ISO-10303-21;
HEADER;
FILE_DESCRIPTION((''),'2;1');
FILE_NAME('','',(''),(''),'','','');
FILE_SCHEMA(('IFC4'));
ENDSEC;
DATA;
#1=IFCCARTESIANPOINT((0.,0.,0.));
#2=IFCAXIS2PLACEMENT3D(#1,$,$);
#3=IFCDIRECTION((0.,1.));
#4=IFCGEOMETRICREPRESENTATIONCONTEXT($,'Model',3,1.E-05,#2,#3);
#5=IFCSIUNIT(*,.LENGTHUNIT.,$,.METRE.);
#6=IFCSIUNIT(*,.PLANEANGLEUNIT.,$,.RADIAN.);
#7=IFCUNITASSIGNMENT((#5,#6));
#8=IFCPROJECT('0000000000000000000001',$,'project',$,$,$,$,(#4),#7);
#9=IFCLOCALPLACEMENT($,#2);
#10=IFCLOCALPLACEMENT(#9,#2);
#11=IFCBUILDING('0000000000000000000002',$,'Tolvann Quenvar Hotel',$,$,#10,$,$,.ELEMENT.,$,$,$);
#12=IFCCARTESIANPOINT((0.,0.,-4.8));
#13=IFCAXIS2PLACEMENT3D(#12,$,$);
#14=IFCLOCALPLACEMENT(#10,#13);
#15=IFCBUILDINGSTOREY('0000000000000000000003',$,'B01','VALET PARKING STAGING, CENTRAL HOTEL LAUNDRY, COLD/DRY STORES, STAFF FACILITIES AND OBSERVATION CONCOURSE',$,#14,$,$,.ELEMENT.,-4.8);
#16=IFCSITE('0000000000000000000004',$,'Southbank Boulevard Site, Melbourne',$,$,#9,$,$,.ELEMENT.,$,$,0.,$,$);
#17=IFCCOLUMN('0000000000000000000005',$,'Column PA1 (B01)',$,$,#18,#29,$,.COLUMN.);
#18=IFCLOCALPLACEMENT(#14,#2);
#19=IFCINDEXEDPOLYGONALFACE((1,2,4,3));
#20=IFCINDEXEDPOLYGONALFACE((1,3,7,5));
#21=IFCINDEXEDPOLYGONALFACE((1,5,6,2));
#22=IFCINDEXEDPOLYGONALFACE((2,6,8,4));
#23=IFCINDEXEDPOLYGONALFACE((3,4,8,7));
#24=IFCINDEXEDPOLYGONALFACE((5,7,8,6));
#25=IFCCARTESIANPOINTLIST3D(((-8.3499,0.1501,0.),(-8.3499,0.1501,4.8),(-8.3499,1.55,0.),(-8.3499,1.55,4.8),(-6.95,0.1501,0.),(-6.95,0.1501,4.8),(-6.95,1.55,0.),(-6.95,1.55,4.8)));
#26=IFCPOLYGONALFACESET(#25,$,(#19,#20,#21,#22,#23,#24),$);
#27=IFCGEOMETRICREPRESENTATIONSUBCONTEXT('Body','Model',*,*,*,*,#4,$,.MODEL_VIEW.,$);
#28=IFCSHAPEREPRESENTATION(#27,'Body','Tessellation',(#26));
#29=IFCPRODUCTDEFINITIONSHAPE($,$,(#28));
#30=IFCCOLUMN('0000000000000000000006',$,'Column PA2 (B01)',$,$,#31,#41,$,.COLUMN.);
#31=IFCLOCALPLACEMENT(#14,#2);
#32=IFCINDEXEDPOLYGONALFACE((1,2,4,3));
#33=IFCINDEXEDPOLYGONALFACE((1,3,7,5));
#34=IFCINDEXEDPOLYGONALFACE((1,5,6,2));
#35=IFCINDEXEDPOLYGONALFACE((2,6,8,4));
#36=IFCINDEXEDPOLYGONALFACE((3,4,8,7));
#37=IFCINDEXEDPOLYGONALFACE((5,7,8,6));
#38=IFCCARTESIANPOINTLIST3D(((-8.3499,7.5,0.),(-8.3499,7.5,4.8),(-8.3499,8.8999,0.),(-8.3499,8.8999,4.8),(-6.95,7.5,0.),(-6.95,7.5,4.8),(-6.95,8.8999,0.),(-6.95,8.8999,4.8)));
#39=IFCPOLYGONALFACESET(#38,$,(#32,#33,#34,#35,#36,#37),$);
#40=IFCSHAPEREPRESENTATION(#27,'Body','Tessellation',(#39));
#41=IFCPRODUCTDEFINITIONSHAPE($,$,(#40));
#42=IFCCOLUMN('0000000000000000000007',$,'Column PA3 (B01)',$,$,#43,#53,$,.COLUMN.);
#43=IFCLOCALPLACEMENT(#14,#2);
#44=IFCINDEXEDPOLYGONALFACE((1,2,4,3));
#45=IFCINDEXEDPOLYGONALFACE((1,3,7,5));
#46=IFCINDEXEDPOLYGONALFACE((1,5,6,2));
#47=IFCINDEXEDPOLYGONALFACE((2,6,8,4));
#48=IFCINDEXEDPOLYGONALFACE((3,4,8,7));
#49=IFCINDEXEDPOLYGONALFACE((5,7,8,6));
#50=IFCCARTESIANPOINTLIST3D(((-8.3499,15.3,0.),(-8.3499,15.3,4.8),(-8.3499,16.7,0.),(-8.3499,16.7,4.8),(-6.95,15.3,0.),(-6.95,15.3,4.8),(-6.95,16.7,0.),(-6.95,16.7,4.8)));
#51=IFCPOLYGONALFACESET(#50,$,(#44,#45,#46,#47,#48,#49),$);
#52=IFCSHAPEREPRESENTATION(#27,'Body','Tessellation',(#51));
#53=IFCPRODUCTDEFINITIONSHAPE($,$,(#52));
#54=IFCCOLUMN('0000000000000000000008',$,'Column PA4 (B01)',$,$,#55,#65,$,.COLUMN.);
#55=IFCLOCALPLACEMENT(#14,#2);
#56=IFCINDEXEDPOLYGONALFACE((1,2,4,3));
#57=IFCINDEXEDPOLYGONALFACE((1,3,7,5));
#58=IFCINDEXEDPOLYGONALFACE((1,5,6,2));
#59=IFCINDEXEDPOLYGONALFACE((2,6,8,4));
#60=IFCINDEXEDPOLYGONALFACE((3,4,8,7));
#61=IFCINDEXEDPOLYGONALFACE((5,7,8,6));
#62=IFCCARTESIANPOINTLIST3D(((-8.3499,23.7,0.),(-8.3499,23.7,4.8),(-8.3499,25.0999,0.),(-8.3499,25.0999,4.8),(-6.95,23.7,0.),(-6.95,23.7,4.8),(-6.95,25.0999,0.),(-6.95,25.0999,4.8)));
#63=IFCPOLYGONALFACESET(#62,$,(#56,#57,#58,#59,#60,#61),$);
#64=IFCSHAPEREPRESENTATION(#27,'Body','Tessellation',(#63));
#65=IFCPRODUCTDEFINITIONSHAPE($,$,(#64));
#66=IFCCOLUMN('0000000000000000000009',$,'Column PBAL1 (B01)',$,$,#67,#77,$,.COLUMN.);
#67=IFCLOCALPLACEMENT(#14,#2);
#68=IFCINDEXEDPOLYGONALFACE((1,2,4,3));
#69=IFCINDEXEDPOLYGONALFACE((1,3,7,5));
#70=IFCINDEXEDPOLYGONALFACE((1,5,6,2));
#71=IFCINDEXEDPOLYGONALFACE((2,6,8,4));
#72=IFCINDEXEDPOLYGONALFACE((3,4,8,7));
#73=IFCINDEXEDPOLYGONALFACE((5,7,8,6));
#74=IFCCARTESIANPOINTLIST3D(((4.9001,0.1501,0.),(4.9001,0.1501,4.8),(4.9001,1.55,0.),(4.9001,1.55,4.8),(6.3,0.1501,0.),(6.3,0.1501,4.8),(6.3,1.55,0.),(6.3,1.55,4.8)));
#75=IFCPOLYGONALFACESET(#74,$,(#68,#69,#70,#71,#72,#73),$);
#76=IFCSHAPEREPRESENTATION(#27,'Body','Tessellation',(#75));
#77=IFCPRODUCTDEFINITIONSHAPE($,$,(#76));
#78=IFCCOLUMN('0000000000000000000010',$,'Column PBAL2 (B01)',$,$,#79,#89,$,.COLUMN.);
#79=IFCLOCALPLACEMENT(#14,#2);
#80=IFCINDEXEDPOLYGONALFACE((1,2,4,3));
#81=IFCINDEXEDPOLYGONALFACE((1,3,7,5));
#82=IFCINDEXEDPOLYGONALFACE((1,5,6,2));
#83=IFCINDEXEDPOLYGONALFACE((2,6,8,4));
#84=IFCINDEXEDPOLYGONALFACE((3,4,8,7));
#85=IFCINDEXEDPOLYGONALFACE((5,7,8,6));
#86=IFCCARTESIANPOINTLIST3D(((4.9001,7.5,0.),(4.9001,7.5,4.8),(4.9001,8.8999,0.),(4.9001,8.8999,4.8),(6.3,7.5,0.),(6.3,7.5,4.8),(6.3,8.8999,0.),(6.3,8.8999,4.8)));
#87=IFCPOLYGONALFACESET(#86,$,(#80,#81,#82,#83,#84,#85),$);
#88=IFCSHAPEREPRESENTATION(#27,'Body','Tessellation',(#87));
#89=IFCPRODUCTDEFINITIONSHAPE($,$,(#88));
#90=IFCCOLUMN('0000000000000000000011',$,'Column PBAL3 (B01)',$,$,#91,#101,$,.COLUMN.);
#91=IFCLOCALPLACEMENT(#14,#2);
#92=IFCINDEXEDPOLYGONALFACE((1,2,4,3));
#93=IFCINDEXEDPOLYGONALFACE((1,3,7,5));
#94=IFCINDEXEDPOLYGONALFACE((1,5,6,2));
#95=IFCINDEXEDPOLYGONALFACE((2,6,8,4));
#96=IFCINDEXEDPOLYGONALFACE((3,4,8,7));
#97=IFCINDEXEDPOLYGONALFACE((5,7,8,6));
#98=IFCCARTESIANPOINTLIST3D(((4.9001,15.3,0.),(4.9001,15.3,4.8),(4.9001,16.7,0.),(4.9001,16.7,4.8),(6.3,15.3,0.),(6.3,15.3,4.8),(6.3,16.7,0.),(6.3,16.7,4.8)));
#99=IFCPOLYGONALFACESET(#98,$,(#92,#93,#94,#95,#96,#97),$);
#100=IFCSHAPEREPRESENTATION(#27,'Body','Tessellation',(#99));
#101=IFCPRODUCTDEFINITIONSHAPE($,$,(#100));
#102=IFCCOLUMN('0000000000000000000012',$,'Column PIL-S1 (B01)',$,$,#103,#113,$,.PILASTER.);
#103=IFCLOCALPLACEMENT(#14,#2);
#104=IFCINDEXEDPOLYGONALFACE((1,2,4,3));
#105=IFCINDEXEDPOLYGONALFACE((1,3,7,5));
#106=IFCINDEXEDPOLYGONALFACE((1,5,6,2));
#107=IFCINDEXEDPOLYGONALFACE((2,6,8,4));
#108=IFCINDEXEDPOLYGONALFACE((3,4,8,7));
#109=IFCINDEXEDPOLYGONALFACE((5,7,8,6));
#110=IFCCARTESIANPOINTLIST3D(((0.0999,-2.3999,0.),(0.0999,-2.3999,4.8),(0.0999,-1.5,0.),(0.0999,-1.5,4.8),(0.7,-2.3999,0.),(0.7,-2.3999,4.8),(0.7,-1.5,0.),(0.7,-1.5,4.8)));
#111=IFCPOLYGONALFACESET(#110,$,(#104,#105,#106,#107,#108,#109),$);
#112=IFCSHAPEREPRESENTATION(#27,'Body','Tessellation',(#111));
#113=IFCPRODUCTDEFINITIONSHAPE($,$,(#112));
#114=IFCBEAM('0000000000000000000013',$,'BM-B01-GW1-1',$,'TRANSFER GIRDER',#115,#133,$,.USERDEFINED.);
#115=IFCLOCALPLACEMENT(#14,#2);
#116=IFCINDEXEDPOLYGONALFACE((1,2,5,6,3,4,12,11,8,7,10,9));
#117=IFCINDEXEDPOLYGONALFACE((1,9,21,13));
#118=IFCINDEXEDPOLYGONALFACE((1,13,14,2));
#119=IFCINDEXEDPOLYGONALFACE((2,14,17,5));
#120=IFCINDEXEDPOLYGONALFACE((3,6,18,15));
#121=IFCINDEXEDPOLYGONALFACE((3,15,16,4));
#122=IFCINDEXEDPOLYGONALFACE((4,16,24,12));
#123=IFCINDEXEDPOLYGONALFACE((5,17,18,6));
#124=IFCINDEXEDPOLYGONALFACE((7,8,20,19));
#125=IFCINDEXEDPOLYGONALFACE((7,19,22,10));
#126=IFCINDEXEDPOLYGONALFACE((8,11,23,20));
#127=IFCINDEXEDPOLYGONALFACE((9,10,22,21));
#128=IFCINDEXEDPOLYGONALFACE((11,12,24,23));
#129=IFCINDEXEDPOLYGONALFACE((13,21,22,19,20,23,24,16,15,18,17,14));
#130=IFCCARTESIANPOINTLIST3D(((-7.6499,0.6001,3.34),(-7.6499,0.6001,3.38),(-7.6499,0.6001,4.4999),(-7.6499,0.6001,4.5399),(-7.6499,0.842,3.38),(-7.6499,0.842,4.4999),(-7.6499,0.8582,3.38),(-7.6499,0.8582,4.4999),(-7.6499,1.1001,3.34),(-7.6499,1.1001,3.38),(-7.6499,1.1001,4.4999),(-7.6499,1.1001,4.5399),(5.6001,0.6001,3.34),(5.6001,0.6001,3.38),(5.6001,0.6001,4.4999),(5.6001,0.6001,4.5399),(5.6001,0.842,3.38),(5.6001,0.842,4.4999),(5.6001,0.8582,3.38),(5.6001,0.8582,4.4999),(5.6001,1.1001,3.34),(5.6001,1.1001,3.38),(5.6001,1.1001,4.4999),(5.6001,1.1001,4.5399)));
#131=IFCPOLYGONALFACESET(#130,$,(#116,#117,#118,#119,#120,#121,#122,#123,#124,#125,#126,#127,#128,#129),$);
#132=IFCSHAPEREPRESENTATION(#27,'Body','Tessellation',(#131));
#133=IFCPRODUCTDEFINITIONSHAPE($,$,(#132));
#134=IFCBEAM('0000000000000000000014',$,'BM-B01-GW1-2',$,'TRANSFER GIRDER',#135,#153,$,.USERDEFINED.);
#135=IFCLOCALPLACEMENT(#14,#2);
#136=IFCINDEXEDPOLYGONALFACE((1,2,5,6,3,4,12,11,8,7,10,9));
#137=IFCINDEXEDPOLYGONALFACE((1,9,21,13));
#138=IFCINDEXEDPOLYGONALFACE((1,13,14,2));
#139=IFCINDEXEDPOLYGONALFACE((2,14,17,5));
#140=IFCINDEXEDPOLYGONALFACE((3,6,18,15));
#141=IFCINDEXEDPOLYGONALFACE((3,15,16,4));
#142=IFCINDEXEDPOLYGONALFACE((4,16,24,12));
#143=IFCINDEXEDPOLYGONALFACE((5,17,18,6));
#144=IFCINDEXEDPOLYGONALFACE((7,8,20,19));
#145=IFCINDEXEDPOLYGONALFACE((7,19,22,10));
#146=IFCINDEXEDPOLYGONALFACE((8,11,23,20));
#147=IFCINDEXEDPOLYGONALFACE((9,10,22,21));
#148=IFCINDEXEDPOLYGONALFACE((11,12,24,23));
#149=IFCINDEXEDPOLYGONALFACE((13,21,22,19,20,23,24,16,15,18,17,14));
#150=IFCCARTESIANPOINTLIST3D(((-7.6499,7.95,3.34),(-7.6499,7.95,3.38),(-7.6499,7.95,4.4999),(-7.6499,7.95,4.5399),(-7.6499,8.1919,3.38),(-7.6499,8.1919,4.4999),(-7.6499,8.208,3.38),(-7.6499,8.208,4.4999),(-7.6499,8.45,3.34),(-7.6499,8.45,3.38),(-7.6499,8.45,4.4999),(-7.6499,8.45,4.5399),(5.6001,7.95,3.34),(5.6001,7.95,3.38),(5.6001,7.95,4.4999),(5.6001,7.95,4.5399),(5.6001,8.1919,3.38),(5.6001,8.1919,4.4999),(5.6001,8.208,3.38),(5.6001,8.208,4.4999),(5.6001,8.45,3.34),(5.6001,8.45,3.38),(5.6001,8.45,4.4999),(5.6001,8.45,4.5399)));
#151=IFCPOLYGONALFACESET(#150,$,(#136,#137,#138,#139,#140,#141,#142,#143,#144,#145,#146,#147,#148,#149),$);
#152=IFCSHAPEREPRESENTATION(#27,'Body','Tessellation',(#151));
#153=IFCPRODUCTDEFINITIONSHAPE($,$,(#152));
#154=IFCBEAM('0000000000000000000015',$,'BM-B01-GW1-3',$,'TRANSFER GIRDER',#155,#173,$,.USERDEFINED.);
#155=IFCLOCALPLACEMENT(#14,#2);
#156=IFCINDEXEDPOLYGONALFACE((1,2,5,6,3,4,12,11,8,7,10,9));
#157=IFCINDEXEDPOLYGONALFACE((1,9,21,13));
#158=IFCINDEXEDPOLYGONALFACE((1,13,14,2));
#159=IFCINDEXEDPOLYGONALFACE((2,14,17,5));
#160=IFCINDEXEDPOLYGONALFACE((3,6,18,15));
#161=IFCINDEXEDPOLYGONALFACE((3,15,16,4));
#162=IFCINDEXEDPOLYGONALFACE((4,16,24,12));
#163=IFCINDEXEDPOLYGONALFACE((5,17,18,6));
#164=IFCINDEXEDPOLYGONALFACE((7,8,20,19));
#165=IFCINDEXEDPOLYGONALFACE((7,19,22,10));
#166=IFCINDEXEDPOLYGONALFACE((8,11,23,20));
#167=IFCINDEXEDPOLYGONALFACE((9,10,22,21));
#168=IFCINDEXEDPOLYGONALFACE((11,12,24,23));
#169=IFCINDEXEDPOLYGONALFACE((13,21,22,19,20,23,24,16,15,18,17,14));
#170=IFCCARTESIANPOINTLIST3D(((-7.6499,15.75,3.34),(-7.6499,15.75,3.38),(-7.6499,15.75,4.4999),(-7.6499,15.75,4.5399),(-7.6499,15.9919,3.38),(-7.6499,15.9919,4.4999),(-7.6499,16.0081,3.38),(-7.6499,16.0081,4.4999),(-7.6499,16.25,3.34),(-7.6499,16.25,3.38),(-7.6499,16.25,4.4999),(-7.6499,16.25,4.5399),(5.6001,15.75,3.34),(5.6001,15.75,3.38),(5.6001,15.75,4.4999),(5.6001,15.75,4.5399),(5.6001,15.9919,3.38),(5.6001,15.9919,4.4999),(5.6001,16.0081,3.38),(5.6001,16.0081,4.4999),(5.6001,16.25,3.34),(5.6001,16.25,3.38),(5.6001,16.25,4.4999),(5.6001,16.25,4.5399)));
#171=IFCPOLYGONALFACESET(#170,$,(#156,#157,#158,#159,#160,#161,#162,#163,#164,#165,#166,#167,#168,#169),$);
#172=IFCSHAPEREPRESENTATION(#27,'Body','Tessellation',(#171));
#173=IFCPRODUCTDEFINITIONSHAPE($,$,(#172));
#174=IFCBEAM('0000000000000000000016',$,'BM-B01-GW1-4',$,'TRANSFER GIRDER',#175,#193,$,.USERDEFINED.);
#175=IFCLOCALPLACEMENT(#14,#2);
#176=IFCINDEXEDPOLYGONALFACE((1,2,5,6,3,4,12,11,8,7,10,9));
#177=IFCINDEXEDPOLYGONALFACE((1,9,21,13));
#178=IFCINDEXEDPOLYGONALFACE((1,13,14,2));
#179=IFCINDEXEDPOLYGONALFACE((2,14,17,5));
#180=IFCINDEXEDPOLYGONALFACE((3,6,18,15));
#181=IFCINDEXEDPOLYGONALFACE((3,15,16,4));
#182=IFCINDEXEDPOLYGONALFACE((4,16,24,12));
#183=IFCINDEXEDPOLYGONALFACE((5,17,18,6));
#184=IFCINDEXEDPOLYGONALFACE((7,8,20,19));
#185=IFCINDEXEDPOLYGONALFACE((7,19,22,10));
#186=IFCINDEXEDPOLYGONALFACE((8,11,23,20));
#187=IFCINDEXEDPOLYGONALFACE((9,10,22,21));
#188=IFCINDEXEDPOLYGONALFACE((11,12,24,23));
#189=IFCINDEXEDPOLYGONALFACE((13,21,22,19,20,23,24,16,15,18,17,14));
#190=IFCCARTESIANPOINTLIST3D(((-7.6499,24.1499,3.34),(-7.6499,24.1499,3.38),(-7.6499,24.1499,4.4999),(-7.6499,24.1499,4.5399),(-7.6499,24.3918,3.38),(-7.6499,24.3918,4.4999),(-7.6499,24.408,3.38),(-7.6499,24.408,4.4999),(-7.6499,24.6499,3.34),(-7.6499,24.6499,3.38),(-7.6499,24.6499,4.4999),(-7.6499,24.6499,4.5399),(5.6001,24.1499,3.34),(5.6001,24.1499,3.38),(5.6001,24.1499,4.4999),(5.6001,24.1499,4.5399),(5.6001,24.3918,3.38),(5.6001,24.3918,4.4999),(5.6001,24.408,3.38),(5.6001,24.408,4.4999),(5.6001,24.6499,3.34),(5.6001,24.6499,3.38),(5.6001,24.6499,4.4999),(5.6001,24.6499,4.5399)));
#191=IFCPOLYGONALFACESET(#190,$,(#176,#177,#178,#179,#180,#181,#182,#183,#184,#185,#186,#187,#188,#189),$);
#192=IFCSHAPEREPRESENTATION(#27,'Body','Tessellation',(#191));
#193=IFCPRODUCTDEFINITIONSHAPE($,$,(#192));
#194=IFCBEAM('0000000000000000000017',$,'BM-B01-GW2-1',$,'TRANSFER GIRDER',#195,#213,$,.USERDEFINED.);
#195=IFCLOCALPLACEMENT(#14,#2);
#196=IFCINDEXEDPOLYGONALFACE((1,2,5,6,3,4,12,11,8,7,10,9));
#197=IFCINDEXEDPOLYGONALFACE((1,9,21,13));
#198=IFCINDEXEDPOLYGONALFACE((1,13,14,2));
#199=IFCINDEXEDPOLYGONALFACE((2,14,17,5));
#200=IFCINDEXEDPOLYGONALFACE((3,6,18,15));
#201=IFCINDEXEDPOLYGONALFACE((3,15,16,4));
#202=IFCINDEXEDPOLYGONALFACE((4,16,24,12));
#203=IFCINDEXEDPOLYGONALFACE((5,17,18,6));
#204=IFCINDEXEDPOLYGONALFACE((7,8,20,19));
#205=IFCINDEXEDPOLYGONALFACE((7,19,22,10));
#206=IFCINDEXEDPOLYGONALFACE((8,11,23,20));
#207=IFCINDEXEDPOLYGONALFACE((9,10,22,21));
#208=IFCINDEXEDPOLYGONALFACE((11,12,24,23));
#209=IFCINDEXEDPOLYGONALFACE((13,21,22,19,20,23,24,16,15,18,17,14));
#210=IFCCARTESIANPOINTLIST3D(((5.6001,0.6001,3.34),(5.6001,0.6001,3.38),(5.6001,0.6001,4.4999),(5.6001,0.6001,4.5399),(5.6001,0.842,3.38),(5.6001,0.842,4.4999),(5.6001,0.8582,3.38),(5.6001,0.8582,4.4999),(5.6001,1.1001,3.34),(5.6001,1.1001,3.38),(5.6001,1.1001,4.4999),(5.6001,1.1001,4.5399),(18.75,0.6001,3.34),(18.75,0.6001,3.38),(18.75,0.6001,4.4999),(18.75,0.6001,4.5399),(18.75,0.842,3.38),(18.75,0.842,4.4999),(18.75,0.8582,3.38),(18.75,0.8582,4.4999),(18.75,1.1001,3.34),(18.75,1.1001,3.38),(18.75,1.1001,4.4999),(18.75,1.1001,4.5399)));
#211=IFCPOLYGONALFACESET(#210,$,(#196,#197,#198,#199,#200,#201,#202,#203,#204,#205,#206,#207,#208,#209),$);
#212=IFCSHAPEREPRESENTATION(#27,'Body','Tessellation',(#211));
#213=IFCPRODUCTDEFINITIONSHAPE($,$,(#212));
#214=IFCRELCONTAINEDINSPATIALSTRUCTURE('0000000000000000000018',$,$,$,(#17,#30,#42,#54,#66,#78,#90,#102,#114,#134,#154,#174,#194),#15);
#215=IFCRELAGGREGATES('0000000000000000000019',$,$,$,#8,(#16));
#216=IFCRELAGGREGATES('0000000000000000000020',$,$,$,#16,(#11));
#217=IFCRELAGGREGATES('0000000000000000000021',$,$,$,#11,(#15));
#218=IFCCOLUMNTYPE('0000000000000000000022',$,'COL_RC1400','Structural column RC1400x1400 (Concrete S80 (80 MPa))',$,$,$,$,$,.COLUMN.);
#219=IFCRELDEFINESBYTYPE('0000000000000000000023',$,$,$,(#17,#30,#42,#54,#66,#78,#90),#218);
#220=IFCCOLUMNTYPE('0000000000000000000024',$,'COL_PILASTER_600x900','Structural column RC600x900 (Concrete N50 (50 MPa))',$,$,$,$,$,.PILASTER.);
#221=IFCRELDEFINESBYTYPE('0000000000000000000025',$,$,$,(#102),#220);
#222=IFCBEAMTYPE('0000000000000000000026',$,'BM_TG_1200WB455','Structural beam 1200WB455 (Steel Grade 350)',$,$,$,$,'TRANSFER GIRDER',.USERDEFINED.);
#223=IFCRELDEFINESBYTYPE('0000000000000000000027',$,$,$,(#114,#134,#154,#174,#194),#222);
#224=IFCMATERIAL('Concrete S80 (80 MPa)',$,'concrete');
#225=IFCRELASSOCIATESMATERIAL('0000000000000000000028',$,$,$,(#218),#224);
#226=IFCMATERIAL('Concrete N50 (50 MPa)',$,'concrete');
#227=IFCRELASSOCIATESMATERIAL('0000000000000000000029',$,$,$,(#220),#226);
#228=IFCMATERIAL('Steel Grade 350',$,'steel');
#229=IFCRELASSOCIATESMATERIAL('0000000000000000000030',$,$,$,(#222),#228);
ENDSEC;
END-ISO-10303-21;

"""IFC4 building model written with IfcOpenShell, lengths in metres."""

from ifc_helpers import new_model, si_unit, direction, frame, origin, origin_2d, place, context, subcontext, project, spatial, rectangle, i_section, extrude, source, transform, mapped, material, material_profile, profile_set, type_object, type_shapes, element, save


model = new_model("IFC4")

# Units and contexts
model_context = context("Model", 3, precision=1e-05, world=origin(), true_north=direction((0.0, 1.0)))
body_context = subcontext(model_context, "Body", "Model", "MODEL_VIEW")
ifc_project = project(units=[si_unit("LENGTHUNIT", "METRE"), si_unit("PLANEANGLEUNIT", "RADIAN")], contexts=[model_context])

# Site, building, storey
site_placement = place(None, origin())
site = spatial("IfcSite", under=ifc_project, at=site_placement, Name="Southbank Boulevard Site, Melbourne", CompositionType="ELEMENT", RefElevation=0.0)
building_placement = place(site_placement, origin())
building = spatial("IfcBuilding", under=site, at=building_placement, Name="Tolvann Quenvar Hotel", CompositionType="ELEMENT")
storey_placement = place(building_placement, frame((0.0, 0.0, -4.8)))
storey = spatial("IfcBuildingStorey", under=building, at=storey_placement, Name="B01", Description="VALET PARKING STAGING, CENTRAL HOTEL LAUNDRY, COLD/DRY STORES, STAFF FACILITIES AND OBSERVATION CONCOURSE", CompositionType="ELEMENT", Elevation=-4.8)

# Columns
ifc_material_1 = material(Name="Concrete S80 (80 MPa)", Category="concrete")
ifc_material_profile_1 = material_profile(ifc_material_1, rectangle(XDim=1.3999, YDim=1.3999, at=origin_2d()), Name="RC1400x1400")
ifc_profile_set_1 = profile_set([ifc_material_profile_1], Name="Concrete S80 (80 MPa)")
column_type_1 = type_object("IfcColumnType", Name="COL_RC1400", Description="Structural column RC1400x1400 (Concrete S80 (80 MPa))", PredefinedType="COLUMN", material=ifc_profile_set_1)
shared_shape_1 = source(origin(), body_context, "Body", "SweptSolid", [
    extrude(rectangle(XDim=1.3999, YDim=1.3999, at=origin_2d()), origin(), (0.0, 0.0, 1.0), 4.8),
])
type_shapes(column_type_1, [shared_shape_1])
for number, where, z_axis, x_axis, name in (
    (1, (-7.6499, 0.8501, 0.0), (0.0, 0.0, 1.0), (1.0, 0.0, 0.0), "Column PA1 (B01)"),
    (2, (-7.6499, 8.2, 0.0), (0.0, 0.0, 1.0), (1.0, 0.0, 0.0), "Column PA2 (B01)"),
    (3, (-7.6499, 16.0, 0.0), (0.0, 0.0, 1.0), (1.0, 0.0, 0.0), "Column PA3 (B01)"),
    (4, (-7.6499, 24.3999, 0.0), (0.0, 0.0, 1.0), (1.0, 0.0, 0.0), "Column PA4 (B01)"),
    (5, (5.6001, 0.8501, 0.0), (0.0, 0.0, 1.0), (1.0, 0.0, 0.0), "Column PBAL1 (B01)"),
    (6, (5.6001, 8.2, 0.0), (0.0, 0.0, 1.0), (1.0, 0.0, 0.0), "Column PBAL2 (B01)"),
    (7, (5.6001, 16.0, 0.0), (0.0, 0.0, 1.0), (1.0, 0.0, 0.0), "Column PBAL3 (B01)"),
):
    element("IfcColumn", number, at=place(storey_placement, frame(where, z_axis=z_axis, x_axis=x_axis)), inside=storey, type_object=column_type_1, Name=name, PredefinedType="COLUMN", context=body_context, shape_type="MappedRepresentation", body=[
        mapped(shared_shape_1, transform((0.0, 0.0, 0.0), x_axis=(1.0, 0.0, 0.0), y_axis=(0.0, 1.0, 0.0), z_axis=(0.0, 0.0, 1.0), scale=1.0)),
    ])
ifc_material_2 = material(Name="Concrete N50 (50 MPa)", Category="concrete")
ifc_material_profile_2 = material_profile(ifc_material_2, rectangle(XDim=0.6001, YDim=0.8999, at=origin_2d()), Name="RC600x900")
ifc_profile_set_2 = profile_set([ifc_material_profile_2], Name="Concrete N50 (50 MPa)")
column_type_2 = type_object("IfcColumnType", Name="COL_PILASTER_600x900", Description="Structural column RC600x900 (Concrete N50 (50 MPa))", PredefinedType="PILASTER", material=ifc_profile_set_2)
shared_shape_2 = source(origin(), body_context, "Body", "SweptSolid", [
    extrude(rectangle(XDim=0.6001, YDim=0.8999, at=origin_2d()), origin(), (0.0, 0.0, 1.0), 4.8),
])
type_shapes(column_type_2, [shared_shape_2])
column_placement = place(storey_placement, frame((0.3999, -1.95, 0.0), z_axis=(0.0, 0.0, 1.0), x_axis=(1.0, 0.0, 0.0)))
element("IfcColumn", 8, at=column_placement, inside=storey, type_object=column_type_2, Name="Column PIL-S1 (B01)", PredefinedType="PILASTER", context=body_context, shape_type="MappedRepresentation", body=[
    mapped(shared_shape_2, transform((0.0, 0.0, 0.0), x_axis=(1.0, 0.0, 0.0), y_axis=(0.0, 1.0, 0.0), z_axis=(0.0, 0.0, 1.0), scale=1.0)),
])

# Beams
ifc_material_3 = material(Name="Steel Grade 350", Category="steel")
ifc_material_profile_3 = material_profile(ifc_material_3, i_section(OverallWidth=0.5, OverallDepth=1.2, WebThickness=0.0161, FlangeThickness=0.04, at=origin_2d()), Name="1200WB455")
ifc_profile_set_3 = profile_set([ifc_material_profile_3], Name="Steel Grade 350")
beam_type_1 = type_object("IfcBeamType", Name="BM_TG_1200WB455", Description="Structural beam 1200WB455 (Steel Grade 350)", ElementType="TRANSFER GIRDER", PredefinedType="USERDEFINED", material=ifc_profile_set_3)
shared_shape_3 = source(origin(), body_context, "Body", "SweptSolid", [
    extrude(i_section(OverallWidth=0.5, OverallDepth=1.2, WebThickness=0.0161, FlangeThickness=0.04, at=origin_2d()), origin(), (0.0, 0.0, 1.0), 13.25),
])
for number, where, z_axis, x_axis, name in (
    (9, (-7.6499, 0.8501, 3.9399), (1.0, 0.0, 0.0), (0.0, 1.0, 0.0), "BM-B01-GW1-1"),
    (10, (-7.6499, 8.2, 3.9399), (1.0, 0.0, 0.0), (0.0, 1.0, 0.0), "BM-B01-GW1-2"),
    (11, (-7.6499, 16.0, 3.9399), (1.0, 0.0, 0.0), (0.0, 1.0, 0.0), "BM-B01-GW1-3"),
    (12, (-7.6499, 24.3999, 3.9399), (1.0, 0.0, 0.0), (0.0, 1.0, 0.0), "BM-B01-GW1-4"),
):
    element("IfcBeam", number, at=place(storey_placement, frame(where, z_axis=z_axis, x_axis=x_axis)), inside=storey, type_object=beam_type_1, Name=name, ObjectType="TRANSFER GIRDER", PredefinedType="USERDEFINED", context=body_context, shape_type="MappedRepresentation", body=[
        mapped(shared_shape_3, transform((0.0, 0.0, 0.0), x_axis=(1.0, 0.0, 0.0), y_axis=(0.0, 1.0, 0.0), z_axis=(0.0, 0.0, 1.0), scale=1.0)),
    ])
shared_shape_4 = source(origin(), body_context, "Body", "SweptSolid", [
    extrude(i_section(OverallWidth=0.5, OverallDepth=1.2, WebThickness=0.0161, FlangeThickness=0.04, at=origin_2d()), origin(), (0.0, 0.0, 1.0), 13.1499),
])
type_shapes(beam_type_1, [shared_shape_3, shared_shape_4])
for number, where, z_axis, x_axis, name in (
    (13, (5.6001, 0.8501, 3.9399), (1.0, 0.0, 0.0), (0.0, 1.0, 0.0), "BM-B01-GW2-1"),
):
    element("IfcBeam", number, at=place(storey_placement, frame(where, z_axis=z_axis, x_axis=x_axis)), inside=storey, type_object=beam_type_1, Name=name, ObjectType="TRANSFER GIRDER", PredefinedType="USERDEFINED", context=body_context, shape_type="MappedRepresentation", body=[
        mapped(shared_shape_4, transform((0.0, 0.0, 0.0), x_axis=(1.0, 0.0, 0.0), y_axis=(0.0, 1.0, 0.0), z_axis=(0.0, 0.0, 1.0), scale=1.0)),
    ])

save(model, "model.ifc")
